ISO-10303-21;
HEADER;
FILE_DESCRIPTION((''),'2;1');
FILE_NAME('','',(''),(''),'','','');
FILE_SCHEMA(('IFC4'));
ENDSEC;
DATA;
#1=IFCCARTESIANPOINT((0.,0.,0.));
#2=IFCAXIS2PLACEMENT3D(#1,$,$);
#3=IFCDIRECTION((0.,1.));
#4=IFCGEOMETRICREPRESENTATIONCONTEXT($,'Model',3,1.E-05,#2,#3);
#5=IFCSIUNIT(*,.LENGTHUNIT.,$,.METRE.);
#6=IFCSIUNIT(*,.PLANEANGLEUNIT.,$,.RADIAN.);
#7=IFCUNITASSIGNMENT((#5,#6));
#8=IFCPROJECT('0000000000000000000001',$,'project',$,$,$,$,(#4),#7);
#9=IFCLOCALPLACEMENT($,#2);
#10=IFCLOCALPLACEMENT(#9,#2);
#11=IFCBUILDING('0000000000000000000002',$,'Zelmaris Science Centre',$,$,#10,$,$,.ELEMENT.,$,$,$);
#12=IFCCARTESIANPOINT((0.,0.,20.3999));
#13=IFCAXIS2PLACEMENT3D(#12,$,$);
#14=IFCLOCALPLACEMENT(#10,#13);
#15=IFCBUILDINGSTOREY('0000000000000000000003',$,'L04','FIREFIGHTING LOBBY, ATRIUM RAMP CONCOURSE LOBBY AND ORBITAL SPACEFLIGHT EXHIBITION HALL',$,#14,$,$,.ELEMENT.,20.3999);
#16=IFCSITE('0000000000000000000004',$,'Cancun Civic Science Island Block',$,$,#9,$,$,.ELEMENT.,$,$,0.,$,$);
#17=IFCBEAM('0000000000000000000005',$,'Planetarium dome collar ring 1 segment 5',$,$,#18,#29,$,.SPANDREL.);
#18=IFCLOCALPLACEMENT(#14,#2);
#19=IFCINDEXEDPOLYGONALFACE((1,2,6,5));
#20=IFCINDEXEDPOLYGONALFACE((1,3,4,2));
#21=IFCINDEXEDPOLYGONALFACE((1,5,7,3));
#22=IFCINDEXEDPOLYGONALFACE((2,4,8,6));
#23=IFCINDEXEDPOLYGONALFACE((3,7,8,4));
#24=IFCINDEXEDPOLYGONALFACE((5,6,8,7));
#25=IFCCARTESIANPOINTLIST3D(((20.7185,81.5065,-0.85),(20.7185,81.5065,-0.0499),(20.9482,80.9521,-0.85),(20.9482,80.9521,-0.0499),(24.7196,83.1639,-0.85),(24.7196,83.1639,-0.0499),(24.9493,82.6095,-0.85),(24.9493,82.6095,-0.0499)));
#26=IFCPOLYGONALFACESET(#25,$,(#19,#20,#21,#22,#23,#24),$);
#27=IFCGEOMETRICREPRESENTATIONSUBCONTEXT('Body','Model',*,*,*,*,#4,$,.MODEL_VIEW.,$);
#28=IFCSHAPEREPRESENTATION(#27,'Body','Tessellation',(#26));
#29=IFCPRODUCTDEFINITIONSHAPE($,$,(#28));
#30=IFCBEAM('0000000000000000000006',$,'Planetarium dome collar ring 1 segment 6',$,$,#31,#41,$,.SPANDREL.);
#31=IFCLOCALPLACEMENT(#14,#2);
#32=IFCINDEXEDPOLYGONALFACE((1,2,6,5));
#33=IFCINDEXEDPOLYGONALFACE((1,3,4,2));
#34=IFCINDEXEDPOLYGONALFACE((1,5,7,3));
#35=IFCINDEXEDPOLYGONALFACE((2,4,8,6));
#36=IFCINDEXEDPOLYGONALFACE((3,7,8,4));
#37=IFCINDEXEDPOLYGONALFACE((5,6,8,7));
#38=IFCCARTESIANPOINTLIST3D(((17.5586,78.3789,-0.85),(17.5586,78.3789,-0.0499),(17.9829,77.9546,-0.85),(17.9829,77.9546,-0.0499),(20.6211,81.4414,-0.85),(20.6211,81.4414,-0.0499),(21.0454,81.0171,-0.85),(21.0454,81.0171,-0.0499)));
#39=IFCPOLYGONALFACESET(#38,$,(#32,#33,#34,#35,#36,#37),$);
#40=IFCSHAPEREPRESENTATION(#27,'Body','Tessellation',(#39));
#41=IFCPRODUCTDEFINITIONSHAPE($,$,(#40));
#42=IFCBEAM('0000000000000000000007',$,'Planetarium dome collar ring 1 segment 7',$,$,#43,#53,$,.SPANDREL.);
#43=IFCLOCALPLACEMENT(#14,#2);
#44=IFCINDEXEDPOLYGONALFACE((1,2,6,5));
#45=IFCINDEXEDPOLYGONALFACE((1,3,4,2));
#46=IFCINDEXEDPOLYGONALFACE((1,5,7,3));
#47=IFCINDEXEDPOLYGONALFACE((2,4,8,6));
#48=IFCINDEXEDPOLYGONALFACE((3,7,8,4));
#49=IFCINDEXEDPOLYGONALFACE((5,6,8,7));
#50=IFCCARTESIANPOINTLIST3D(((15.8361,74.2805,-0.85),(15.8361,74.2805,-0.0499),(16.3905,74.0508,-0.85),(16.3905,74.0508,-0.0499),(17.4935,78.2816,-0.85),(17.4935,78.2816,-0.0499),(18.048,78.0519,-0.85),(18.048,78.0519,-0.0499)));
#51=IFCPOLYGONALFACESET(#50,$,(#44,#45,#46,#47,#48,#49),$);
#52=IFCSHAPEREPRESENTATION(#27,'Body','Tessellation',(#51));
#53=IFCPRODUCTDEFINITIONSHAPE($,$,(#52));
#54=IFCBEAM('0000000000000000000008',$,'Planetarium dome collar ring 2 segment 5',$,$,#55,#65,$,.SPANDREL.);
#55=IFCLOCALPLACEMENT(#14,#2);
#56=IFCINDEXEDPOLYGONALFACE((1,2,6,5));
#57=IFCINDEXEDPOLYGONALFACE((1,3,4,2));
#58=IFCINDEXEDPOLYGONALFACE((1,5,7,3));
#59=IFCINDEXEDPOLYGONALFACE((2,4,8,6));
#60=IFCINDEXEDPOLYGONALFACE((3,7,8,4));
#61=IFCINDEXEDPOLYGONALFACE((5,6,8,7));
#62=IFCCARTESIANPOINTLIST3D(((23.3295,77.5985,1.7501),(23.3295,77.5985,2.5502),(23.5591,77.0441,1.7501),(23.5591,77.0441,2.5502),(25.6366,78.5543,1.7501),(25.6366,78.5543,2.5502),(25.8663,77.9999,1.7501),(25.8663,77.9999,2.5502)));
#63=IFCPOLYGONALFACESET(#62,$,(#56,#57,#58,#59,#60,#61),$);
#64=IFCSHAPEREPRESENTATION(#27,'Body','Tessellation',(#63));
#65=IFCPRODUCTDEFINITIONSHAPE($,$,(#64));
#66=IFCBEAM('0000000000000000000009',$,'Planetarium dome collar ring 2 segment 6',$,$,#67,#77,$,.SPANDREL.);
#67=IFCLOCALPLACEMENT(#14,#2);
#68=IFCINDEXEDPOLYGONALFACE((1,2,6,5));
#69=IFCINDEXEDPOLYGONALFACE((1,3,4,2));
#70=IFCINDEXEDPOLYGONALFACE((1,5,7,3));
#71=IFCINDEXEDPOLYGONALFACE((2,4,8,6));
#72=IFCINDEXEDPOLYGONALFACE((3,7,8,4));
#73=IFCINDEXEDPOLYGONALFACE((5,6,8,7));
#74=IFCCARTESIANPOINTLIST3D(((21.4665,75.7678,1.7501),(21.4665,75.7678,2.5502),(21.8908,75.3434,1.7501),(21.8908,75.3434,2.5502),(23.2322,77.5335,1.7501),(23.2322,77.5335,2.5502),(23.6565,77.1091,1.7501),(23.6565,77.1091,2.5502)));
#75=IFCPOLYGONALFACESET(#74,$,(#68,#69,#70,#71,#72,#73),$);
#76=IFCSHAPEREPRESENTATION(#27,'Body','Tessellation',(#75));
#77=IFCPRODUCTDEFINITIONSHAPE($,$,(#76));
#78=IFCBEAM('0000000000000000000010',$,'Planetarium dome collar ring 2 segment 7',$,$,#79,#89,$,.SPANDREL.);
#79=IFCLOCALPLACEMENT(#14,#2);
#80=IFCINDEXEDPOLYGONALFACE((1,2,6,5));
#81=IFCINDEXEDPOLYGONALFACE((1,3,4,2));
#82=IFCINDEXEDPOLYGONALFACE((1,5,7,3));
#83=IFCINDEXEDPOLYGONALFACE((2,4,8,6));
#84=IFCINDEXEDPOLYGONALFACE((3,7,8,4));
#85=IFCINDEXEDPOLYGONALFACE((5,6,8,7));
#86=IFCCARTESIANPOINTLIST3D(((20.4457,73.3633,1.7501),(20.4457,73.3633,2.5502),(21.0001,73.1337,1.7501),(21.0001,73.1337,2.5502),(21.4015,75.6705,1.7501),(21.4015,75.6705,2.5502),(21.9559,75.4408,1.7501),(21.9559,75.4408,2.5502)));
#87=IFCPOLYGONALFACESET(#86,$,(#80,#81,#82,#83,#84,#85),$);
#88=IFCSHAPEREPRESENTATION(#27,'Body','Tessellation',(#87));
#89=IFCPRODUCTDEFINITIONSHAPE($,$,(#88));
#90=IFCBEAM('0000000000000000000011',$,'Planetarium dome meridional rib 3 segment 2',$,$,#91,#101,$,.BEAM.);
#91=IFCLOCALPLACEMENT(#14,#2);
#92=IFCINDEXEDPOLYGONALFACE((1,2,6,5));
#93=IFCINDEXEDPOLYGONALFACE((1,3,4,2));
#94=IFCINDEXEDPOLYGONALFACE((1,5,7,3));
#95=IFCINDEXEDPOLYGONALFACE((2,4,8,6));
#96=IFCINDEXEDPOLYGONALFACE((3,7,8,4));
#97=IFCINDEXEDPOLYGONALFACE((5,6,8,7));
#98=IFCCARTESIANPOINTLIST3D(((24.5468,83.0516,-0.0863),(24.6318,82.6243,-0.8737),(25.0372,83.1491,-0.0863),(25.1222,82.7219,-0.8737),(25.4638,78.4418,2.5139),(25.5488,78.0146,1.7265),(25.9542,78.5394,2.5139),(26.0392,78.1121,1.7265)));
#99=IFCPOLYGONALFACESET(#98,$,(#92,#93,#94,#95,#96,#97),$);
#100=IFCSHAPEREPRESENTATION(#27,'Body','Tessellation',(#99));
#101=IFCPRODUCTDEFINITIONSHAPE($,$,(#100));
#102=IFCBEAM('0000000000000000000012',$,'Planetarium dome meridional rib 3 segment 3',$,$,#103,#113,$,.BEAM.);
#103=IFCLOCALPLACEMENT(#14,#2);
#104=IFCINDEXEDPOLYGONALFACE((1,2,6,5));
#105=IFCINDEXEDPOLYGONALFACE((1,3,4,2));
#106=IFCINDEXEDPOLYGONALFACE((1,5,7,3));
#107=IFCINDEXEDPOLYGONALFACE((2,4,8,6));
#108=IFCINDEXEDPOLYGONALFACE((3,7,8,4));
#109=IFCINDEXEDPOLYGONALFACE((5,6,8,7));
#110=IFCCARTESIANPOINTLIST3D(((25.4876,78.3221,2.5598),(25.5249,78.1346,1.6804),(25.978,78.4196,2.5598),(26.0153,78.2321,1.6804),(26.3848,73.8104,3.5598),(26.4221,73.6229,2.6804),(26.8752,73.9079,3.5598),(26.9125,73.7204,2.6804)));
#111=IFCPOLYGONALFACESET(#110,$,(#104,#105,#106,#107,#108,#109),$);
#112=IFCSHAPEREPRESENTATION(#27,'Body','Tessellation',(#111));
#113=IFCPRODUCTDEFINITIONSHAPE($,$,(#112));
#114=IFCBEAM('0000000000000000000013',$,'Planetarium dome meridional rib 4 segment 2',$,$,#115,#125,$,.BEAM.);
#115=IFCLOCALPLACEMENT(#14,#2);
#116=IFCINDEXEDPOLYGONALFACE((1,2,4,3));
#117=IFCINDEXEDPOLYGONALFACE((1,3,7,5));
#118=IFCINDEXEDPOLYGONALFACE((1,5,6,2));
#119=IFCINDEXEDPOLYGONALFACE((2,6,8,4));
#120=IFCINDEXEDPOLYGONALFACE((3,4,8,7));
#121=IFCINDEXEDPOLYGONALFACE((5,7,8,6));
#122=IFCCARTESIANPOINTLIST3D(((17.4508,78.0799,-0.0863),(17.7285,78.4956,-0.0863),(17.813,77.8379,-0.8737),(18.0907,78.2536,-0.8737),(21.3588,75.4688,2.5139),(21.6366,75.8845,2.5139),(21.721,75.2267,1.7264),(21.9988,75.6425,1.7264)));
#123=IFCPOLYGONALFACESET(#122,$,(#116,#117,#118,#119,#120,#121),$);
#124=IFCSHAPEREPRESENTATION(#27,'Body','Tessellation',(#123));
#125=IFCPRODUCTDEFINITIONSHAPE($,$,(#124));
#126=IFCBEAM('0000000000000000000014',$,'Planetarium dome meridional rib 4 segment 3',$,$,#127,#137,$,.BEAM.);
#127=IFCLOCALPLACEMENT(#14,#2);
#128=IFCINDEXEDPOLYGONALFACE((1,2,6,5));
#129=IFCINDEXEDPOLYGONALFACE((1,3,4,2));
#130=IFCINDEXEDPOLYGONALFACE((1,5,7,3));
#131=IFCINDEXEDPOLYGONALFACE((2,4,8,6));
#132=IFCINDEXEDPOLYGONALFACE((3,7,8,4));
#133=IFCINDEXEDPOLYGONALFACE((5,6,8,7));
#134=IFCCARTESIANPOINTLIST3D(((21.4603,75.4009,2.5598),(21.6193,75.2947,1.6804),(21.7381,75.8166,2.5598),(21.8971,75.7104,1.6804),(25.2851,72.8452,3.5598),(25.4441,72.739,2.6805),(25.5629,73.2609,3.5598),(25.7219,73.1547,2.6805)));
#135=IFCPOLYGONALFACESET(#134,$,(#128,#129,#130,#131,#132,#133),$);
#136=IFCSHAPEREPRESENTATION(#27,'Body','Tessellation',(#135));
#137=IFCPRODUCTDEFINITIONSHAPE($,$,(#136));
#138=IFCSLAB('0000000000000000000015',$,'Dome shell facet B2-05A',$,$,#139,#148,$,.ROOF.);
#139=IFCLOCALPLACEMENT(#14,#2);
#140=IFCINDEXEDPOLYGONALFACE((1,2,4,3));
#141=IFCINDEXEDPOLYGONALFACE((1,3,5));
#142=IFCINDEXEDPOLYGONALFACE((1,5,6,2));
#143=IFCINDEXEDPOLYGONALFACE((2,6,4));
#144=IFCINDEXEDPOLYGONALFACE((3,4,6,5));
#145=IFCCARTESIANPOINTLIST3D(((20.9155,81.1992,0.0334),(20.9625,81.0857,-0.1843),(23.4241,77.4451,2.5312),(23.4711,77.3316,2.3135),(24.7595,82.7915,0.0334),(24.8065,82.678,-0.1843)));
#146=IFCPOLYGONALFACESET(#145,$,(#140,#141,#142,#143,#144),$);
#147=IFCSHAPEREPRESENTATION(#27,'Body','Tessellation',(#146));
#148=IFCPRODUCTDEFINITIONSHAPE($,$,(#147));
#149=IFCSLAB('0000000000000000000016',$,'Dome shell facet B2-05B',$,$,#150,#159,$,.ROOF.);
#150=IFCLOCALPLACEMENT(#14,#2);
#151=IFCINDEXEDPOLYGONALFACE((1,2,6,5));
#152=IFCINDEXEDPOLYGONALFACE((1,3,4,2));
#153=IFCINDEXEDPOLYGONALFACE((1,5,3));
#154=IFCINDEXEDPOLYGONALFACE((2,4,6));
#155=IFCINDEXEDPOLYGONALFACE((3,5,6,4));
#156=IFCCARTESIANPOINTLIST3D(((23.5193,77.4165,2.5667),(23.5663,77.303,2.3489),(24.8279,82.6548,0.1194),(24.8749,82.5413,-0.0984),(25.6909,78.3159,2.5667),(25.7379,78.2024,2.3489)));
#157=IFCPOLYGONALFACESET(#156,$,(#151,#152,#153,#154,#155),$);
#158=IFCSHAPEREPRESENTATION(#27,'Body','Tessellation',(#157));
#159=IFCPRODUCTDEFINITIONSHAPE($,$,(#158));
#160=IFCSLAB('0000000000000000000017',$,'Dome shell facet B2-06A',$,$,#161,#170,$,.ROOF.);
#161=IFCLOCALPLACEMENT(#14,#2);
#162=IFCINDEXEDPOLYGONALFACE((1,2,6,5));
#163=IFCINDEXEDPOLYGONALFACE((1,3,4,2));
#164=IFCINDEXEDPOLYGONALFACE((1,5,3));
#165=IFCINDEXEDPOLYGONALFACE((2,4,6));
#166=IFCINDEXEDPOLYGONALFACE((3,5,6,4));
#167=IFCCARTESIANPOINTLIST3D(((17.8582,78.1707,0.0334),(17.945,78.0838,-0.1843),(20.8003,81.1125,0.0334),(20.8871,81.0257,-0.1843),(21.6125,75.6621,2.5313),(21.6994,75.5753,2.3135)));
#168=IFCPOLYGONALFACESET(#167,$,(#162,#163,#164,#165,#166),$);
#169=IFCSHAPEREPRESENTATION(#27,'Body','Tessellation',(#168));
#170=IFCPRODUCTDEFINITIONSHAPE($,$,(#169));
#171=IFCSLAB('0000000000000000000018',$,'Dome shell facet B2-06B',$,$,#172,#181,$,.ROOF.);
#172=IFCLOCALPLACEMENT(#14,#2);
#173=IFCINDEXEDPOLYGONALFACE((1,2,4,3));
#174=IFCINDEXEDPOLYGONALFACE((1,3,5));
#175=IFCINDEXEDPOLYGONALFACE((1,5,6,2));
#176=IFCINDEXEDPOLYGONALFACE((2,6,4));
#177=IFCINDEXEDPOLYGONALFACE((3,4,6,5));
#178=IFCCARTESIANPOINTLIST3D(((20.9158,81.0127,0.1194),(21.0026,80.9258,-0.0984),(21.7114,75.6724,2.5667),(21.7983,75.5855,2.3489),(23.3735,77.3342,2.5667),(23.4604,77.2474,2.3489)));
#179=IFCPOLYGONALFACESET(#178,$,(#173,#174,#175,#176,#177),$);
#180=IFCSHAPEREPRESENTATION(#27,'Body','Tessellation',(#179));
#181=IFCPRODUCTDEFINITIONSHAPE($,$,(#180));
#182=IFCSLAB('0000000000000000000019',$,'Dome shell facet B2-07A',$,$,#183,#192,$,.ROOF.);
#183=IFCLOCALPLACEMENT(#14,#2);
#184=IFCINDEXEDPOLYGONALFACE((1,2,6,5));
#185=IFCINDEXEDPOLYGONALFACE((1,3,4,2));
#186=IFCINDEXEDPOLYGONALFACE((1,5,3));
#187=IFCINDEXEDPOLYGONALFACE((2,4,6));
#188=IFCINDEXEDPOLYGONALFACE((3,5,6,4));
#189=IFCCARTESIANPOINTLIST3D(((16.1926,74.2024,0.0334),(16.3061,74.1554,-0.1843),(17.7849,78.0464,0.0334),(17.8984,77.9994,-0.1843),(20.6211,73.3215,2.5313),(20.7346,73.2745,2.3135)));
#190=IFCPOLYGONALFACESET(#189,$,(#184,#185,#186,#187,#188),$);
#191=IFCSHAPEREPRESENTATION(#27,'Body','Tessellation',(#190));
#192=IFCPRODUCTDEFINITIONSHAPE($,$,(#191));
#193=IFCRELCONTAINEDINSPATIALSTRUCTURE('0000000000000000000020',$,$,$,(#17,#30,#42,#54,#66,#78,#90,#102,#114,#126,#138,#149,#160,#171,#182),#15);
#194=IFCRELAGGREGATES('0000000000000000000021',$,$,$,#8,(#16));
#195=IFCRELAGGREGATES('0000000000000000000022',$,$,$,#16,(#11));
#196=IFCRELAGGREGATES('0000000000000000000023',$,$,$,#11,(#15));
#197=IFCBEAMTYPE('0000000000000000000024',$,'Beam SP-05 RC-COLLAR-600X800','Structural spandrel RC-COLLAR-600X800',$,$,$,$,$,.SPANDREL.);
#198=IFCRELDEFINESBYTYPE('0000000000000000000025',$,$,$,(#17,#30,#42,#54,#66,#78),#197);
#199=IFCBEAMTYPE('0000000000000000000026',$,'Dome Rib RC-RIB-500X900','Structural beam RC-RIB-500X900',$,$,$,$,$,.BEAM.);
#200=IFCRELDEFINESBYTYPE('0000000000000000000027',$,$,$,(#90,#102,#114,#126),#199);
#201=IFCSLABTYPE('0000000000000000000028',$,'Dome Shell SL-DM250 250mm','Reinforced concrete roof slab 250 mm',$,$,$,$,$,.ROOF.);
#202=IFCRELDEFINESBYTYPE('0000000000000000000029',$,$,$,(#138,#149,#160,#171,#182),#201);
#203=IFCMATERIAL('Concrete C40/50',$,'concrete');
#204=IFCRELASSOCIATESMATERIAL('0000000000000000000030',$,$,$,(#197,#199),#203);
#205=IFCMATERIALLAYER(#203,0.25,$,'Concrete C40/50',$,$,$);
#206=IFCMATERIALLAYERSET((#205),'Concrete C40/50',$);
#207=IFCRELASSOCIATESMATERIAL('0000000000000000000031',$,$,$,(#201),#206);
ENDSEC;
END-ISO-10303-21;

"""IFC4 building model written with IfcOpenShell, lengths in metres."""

from ifc_helpers import new_model, si_unit, direction, frame, origin, origin_2d, place, context, subcontext, project, spatial, polyline, rectangle, outline, extrude, material, layer, layer_set, material_profile, profile_set, type_object, element, save


model = new_model("IFC4")

# Units and contexts
model_context = context("Model", 3, precision=1e-05, world=origin(), true_north=direction((0.0, 1.0)))
body_context = subcontext(model_context, "Body", "Model", "MODEL_VIEW")
ifc_project = project(units=[si_unit("LENGTHUNIT", "METRE"), si_unit("PLANEANGLEUNIT", "RADIAN")], contexts=[model_context])

# Site, building, storey
site_placement = place(None, origin())
site = spatial("IfcSite", under=ifc_project, at=site_placement, Name="Cancun Civic Science Island Block", CompositionType="ELEMENT", RefElevation=0.0)
building_placement = place(site_placement, origin())
building = spatial("IfcBuilding", under=site, at=building_placement, Name="Zelmaris Science Centre", CompositionType="ELEMENT")
storey_placement = place(building_placement, frame((0.0, 0.0, 20.3999)))
storey = spatial("IfcBuildingStorey", under=building, at=storey_placement, Name="L04", Description="FIREFIGHTING LOBBY, ATRIUM RAMP CONCOURSE LOBBY AND ORBITAL SPACEFLIGHT EXHIBITION HALL", CompositionType="ELEMENT", Elevation=20.3999)

# Beams
ifc_material = material(Name="Concrete C40/50", Category="concrete")
ifc_material_profile_1 = material_profile(ifc_material, rectangle(XDim=0.6001, YDim=0.8, at=origin_2d()), Name="RC-COLLAR-600X800")
ifc_profile_set_1 = profile_set([ifc_material_profile_1], Name="Concrete C40/50")
beam_type_1 = type_object("IfcBeamType", Name="Beam SP-05 RC-COLLAR-600X800", Description="Structural spandrel RC-COLLAR-600X800", PredefinedType="SPANDREL", material=ifc_profile_set_1)
beam_1_placement = place(storey_placement, frame((24.8345, 82.8867, -0.45), z_axis=(-0.92387, -0.382705, 0.0), x_axis=(0.382705, -0.92387, 0.0)))
element("IfcBeam", 1, at=beam_1_placement, inside=storey, type_object=beam_type_1, Name="Planetarium dome collar ring 1 segment 5", PredefinedType="SPANDREL", context=body_context, shape_type="SweptSolid", body=[
    extrude(rectangle(XDim=0.6001, YDim=0.8, at=origin_2d()), origin(), (0.0, 0.0, 1.0), 4.3308),
])
beam_2_placement = place(storey_placement, frame((20.8333, 81.2292, -0.45), z_axis=(-0.707107, -0.707107, 0.0), x_axis=(0.707107, -0.707107, 0.0)))
element("IfcBeam", 2, at=beam_2_placement, inside=storey, type_object=beam_type_1, Name="Planetarium dome collar ring 1 segment 6", PredefinedType="SPANDREL", context=body_context, shape_type="SweptSolid", body=[
    extrude(rectangle(XDim=0.6001, YDim=0.8, at=origin_2d()), origin(), (0.0, 0.0, 1.0), 4.3311),
])
beam_3_placement = place(storey_placement, frame((17.7708, 78.1667, -0.45), z_axis=(-0.382705, -0.92387, 0.0), x_axis=(0.92387, -0.382705, 0.0)))
element("IfcBeam", 3, at=beam_3_placement, inside=storey, type_object=beam_type_1, Name="Planetarium dome collar ring 1 segment 7", PredefinedType="SPANDREL", context=body_context, shape_type="SweptSolid", body=[
    extrude(rectangle(XDim=0.6001, YDim=0.8, at=origin_2d()), origin(), (0.0, 0.0, 1.0), 4.3308),
])
beam_4_placement = place(storey_placement, frame((25.7515, 78.2771, 2.1501), z_axis=(-0.923856, -0.38274, 0.0), x_axis=(0.38274, -0.923856, 0.0)))
element("IfcBeam", 4, at=beam_4_placement, inside=storey, type_object=beam_type_1, Name="Planetarium dome collar ring 2 segment 5", PredefinedType="SPANDREL", context=body_context, shape_type="SweptSolid", body=[
    extrude(rectangle(XDim=0.6001, YDim=0.8, at=origin_2d()), origin(), (0.0, 0.0, 1.0), 2.4973),
])
beam_5_placement = place(storey_placement, frame((23.4443, 77.3213, 2.1501), z_axis=(-0.707107, -0.707107, 0.0), x_axis=(0.707107, -0.707107, 0.0)))
element("IfcBeam", 5, at=beam_5_placement, inside=storey, type_object=beam_type_1, Name="Planetarium dome collar ring 2 segment 6", PredefinedType="SPANDREL", context=body_context, shape_type="SweptSolid", body=[
    extrude(rectangle(XDim=0.6001, YDim=0.8, at=origin_2d()), origin(), (0.0, 0.0, 1.0), 2.4971),
])
beam_6_placement = place(storey_placement, frame((21.6787, 75.5557, 2.1501), z_axis=(-0.38274, -0.923856, 0.0), x_axis=(0.923856, -0.38274, 0.0)))
element("IfcBeam", 6, at=beam_6_placement, inside=storey, type_object=beam_type_1, Name="Planetarium dome collar ring 2 segment 7", PredefinedType="SPANDREL", context=body_context, shape_type="SweptSolid", body=[
    extrude(rectangle(XDim=0.6001, YDim=0.8, at=origin_2d()), origin(), (0.0, 0.0, 1.0), 2.4973),
])
ifc_material_profile_2 = material_profile(ifc_material, rectangle(XDim=0.5, YDim=0.8999, at=origin_2d()), Name="RC-RIB-500X900")
ifc_profile_set_2 = profile_set([ifc_material_profile_2], Name="Concrete C40/50")
beam_type_2 = type_object("IfcBeamType", Name="Dome Rib RC-RIB-500X900", Description="Structural beam RC-RIB-500X900", PredefinedType="BEAM", material=ifc_profile_set_2)
beam_7_placement = place(storey_placement, frame((24.8345, 82.8867, -0.48), z_axis=(0.170723, -0.858208, 0.48408), x_axis=(0.980782, 0.195107, 0.0)))
element("IfcBeam", 7, at=beam_7_placement, inside=storey, type_object=beam_type_2, Name="Planetarium dome meridional rib 3 segment 2", PredefinedType="BEAM", context=body_context, shape_type="SweptSolid", body=[
    extrude(rectangle(XDim=0.5, YDim=0.8999, at=origin_2d()), origin(), (0.0, 0.0, 1.0), 5.3713),
])
beam_8_placement = place(storey_placement, frame((25.7515, 78.2771, 2.1201), z_axis=(0.190593, -0.95841, 0.212427), x_axis=(0.980794, 0.195044, 0.0)))
element("IfcBeam", 8, at=beam_8_placement, inside=storey, type_object=beam_type_2, Name="Planetarium dome meridional rib 3 segment 3", PredefinedType="BEAM", context=body_context, shape_type="SweptSolid", body=[
    extrude(rectangle(XDim=0.5, YDim=0.8999, at=origin_2d()), origin(), (0.0, 0.0, 1.0), 4.7075),
])
beam_9_placement = place(storey_placement, frame((17.7708, 78.1667, -0.48), z_axis=(0.727569, -0.486122, 0.484076), x_axis=(0.555551, 0.831482, 0.0)))
element("IfcBeam", 9, at=beam_9_placement, inside=storey, type_object=beam_type_2, Name="Planetarium dome meridional rib 4 segment 2", PredefinedType="BEAM", context=body_context, shape_type="SweptSolid", body=[
    extrude(rectangle(XDim=0.5, YDim=0.8999, at=origin_2d()), origin(), (0.0, 0.0, 1.0), 5.3713),
])
beam_10_placement = place(storey_placement, frame((21.6787, 75.5557, 2.1201), z_axis=(0.812485, -0.542901, 0.212431), x_axis=(0.555582, 0.831462, 0.0)))
element("IfcBeam", 10, at=beam_10_placement, inside=storey, type_object=beam_type_2, Name="Planetarium dome meridional rib 4 segment 3", PredefinedType="BEAM", context=body_context, shape_type="SweptSolid", body=[
    extrude(rectangle(XDim=0.5, YDim=0.8999, at=origin_2d()), origin(), (0.0, 0.0, 1.0), 4.7075),
])

# Slabs
ifc_layer = layer(ifc_material, 0.25, Name="Concrete C40/50")
ifc_layer_set = layer_set([ifc_layer], Name="Concrete C40/50")
slab_type = type_object("IfcSlabType", Name="Dome Shell SL-DM250 250mm", Description="Reinforced concrete roof slab 250 mm", PredefinedType="ROOF", material=ifc_layer_set)
slab_1_placement = place(storey_placement, frame((24.7595, 82.7915, 0.0334), z_axis=(-0.188011, 0.453885, 0.871), x_axis=(-0.923875, -0.382694, 0.0)))
element("IfcSlab", 11, at=slab_1_placement, inside=storey, type_object=slab_type, Name="Dome shell facet B2-05A", PredefinedType="ROOF", context=body_context, shape_type="SweptSolid", body=[
    extrude(outline(polyline([(0.0, 0.0), (4.1607, 0.0), (3.2798, 5.0842), (0.0, 0.0)])), origin(), (0.0, 0.0, -1.0), 0.25),
])
slab_2_placement = place(storey_placement, frame((24.8279, 82.6548, 0.1194), z_axis=(-0.187983, 0.453885, 0.871006), x_axis=(-0.220748, -0.883652, 0.412832)))
element("IfcSlab", 12, at=slab_2_placement, inside=storey, type_object=slab_type, Name="Dome shell facet B2-05B", PredefinedType="ROOF", context=body_context, shape_type="SweptSolid", body=[
    extrude(outline(polyline([(0.0, 0.0), (5.928, 0.0), (4.6538, 1.9752), (0.0, 0.0)])), origin(), (0.0, 0.0, -1.0), 0.25),
])
slab_3_placement = place(storey_placement, frame((20.8003, 81.1125, 0.0334), z_axis=(-0.347366, 0.347395, 0.871007), x_axis=(-0.707136, -0.707077, 0.0)))
element("IfcSlab", 13, at=slab_3_placement, inside=storey, type_object=slab_type, Name="Dome shell facet B2-06A", PredefinedType="ROOF", context=body_context, shape_type="SweptSolid", body=[
    extrude(outline(polyline([(0.0, 0.0), (4.1606, 0.0), (3.2795, 5.0844), (0.0, 0.0)])), origin(), (0.0, 0.0, -1.0), 0.25),
])
slab_4_placement = place(storey_placement, frame((20.9158, 81.0127, 0.1194), z_axis=(-0.347349, 0.3474, 0.871012), x_axis=(0.134219, -0.900864, 0.412831)))
element("IfcSlab", 14, at=slab_4_placement, inside=storey, type_object=slab_type, Name="Dome shell facet B2-06B", PredefinedType="ROOF", context=body_context, shape_type="SweptSolid", body=[
    extrude(outline(polyline([(0.0, 0.0), (5.928, 0.0), (4.654, 1.9752), (0.0, 0.0)])), origin(), (0.0, 0.0, -1.0), 0.25),
])
slab_5_placement = place(storey_placement, frame((17.7849, 78.0464, 0.0334), z_axis=(-0.453878, 0.188009, 0.871003), x_axis=(-0.382694, -0.923875, 0.0)))
element("IfcSlab", 15, at=slab_5_placement, inside=storey, type_object=slab_type, Name="Dome shell facet B2-07A", PredefinedType="ROOF", context=body_context, shape_type="SweptSolid", body=[
    extrude(outline(polyline([(0.0, 0.0), (4.1607, 0.0), (3.2798, 5.0843), (0.0, 0.0)])), origin(), (0.0, 0.0, -1.0), 0.25),
])

save(model, "model.ifc")
